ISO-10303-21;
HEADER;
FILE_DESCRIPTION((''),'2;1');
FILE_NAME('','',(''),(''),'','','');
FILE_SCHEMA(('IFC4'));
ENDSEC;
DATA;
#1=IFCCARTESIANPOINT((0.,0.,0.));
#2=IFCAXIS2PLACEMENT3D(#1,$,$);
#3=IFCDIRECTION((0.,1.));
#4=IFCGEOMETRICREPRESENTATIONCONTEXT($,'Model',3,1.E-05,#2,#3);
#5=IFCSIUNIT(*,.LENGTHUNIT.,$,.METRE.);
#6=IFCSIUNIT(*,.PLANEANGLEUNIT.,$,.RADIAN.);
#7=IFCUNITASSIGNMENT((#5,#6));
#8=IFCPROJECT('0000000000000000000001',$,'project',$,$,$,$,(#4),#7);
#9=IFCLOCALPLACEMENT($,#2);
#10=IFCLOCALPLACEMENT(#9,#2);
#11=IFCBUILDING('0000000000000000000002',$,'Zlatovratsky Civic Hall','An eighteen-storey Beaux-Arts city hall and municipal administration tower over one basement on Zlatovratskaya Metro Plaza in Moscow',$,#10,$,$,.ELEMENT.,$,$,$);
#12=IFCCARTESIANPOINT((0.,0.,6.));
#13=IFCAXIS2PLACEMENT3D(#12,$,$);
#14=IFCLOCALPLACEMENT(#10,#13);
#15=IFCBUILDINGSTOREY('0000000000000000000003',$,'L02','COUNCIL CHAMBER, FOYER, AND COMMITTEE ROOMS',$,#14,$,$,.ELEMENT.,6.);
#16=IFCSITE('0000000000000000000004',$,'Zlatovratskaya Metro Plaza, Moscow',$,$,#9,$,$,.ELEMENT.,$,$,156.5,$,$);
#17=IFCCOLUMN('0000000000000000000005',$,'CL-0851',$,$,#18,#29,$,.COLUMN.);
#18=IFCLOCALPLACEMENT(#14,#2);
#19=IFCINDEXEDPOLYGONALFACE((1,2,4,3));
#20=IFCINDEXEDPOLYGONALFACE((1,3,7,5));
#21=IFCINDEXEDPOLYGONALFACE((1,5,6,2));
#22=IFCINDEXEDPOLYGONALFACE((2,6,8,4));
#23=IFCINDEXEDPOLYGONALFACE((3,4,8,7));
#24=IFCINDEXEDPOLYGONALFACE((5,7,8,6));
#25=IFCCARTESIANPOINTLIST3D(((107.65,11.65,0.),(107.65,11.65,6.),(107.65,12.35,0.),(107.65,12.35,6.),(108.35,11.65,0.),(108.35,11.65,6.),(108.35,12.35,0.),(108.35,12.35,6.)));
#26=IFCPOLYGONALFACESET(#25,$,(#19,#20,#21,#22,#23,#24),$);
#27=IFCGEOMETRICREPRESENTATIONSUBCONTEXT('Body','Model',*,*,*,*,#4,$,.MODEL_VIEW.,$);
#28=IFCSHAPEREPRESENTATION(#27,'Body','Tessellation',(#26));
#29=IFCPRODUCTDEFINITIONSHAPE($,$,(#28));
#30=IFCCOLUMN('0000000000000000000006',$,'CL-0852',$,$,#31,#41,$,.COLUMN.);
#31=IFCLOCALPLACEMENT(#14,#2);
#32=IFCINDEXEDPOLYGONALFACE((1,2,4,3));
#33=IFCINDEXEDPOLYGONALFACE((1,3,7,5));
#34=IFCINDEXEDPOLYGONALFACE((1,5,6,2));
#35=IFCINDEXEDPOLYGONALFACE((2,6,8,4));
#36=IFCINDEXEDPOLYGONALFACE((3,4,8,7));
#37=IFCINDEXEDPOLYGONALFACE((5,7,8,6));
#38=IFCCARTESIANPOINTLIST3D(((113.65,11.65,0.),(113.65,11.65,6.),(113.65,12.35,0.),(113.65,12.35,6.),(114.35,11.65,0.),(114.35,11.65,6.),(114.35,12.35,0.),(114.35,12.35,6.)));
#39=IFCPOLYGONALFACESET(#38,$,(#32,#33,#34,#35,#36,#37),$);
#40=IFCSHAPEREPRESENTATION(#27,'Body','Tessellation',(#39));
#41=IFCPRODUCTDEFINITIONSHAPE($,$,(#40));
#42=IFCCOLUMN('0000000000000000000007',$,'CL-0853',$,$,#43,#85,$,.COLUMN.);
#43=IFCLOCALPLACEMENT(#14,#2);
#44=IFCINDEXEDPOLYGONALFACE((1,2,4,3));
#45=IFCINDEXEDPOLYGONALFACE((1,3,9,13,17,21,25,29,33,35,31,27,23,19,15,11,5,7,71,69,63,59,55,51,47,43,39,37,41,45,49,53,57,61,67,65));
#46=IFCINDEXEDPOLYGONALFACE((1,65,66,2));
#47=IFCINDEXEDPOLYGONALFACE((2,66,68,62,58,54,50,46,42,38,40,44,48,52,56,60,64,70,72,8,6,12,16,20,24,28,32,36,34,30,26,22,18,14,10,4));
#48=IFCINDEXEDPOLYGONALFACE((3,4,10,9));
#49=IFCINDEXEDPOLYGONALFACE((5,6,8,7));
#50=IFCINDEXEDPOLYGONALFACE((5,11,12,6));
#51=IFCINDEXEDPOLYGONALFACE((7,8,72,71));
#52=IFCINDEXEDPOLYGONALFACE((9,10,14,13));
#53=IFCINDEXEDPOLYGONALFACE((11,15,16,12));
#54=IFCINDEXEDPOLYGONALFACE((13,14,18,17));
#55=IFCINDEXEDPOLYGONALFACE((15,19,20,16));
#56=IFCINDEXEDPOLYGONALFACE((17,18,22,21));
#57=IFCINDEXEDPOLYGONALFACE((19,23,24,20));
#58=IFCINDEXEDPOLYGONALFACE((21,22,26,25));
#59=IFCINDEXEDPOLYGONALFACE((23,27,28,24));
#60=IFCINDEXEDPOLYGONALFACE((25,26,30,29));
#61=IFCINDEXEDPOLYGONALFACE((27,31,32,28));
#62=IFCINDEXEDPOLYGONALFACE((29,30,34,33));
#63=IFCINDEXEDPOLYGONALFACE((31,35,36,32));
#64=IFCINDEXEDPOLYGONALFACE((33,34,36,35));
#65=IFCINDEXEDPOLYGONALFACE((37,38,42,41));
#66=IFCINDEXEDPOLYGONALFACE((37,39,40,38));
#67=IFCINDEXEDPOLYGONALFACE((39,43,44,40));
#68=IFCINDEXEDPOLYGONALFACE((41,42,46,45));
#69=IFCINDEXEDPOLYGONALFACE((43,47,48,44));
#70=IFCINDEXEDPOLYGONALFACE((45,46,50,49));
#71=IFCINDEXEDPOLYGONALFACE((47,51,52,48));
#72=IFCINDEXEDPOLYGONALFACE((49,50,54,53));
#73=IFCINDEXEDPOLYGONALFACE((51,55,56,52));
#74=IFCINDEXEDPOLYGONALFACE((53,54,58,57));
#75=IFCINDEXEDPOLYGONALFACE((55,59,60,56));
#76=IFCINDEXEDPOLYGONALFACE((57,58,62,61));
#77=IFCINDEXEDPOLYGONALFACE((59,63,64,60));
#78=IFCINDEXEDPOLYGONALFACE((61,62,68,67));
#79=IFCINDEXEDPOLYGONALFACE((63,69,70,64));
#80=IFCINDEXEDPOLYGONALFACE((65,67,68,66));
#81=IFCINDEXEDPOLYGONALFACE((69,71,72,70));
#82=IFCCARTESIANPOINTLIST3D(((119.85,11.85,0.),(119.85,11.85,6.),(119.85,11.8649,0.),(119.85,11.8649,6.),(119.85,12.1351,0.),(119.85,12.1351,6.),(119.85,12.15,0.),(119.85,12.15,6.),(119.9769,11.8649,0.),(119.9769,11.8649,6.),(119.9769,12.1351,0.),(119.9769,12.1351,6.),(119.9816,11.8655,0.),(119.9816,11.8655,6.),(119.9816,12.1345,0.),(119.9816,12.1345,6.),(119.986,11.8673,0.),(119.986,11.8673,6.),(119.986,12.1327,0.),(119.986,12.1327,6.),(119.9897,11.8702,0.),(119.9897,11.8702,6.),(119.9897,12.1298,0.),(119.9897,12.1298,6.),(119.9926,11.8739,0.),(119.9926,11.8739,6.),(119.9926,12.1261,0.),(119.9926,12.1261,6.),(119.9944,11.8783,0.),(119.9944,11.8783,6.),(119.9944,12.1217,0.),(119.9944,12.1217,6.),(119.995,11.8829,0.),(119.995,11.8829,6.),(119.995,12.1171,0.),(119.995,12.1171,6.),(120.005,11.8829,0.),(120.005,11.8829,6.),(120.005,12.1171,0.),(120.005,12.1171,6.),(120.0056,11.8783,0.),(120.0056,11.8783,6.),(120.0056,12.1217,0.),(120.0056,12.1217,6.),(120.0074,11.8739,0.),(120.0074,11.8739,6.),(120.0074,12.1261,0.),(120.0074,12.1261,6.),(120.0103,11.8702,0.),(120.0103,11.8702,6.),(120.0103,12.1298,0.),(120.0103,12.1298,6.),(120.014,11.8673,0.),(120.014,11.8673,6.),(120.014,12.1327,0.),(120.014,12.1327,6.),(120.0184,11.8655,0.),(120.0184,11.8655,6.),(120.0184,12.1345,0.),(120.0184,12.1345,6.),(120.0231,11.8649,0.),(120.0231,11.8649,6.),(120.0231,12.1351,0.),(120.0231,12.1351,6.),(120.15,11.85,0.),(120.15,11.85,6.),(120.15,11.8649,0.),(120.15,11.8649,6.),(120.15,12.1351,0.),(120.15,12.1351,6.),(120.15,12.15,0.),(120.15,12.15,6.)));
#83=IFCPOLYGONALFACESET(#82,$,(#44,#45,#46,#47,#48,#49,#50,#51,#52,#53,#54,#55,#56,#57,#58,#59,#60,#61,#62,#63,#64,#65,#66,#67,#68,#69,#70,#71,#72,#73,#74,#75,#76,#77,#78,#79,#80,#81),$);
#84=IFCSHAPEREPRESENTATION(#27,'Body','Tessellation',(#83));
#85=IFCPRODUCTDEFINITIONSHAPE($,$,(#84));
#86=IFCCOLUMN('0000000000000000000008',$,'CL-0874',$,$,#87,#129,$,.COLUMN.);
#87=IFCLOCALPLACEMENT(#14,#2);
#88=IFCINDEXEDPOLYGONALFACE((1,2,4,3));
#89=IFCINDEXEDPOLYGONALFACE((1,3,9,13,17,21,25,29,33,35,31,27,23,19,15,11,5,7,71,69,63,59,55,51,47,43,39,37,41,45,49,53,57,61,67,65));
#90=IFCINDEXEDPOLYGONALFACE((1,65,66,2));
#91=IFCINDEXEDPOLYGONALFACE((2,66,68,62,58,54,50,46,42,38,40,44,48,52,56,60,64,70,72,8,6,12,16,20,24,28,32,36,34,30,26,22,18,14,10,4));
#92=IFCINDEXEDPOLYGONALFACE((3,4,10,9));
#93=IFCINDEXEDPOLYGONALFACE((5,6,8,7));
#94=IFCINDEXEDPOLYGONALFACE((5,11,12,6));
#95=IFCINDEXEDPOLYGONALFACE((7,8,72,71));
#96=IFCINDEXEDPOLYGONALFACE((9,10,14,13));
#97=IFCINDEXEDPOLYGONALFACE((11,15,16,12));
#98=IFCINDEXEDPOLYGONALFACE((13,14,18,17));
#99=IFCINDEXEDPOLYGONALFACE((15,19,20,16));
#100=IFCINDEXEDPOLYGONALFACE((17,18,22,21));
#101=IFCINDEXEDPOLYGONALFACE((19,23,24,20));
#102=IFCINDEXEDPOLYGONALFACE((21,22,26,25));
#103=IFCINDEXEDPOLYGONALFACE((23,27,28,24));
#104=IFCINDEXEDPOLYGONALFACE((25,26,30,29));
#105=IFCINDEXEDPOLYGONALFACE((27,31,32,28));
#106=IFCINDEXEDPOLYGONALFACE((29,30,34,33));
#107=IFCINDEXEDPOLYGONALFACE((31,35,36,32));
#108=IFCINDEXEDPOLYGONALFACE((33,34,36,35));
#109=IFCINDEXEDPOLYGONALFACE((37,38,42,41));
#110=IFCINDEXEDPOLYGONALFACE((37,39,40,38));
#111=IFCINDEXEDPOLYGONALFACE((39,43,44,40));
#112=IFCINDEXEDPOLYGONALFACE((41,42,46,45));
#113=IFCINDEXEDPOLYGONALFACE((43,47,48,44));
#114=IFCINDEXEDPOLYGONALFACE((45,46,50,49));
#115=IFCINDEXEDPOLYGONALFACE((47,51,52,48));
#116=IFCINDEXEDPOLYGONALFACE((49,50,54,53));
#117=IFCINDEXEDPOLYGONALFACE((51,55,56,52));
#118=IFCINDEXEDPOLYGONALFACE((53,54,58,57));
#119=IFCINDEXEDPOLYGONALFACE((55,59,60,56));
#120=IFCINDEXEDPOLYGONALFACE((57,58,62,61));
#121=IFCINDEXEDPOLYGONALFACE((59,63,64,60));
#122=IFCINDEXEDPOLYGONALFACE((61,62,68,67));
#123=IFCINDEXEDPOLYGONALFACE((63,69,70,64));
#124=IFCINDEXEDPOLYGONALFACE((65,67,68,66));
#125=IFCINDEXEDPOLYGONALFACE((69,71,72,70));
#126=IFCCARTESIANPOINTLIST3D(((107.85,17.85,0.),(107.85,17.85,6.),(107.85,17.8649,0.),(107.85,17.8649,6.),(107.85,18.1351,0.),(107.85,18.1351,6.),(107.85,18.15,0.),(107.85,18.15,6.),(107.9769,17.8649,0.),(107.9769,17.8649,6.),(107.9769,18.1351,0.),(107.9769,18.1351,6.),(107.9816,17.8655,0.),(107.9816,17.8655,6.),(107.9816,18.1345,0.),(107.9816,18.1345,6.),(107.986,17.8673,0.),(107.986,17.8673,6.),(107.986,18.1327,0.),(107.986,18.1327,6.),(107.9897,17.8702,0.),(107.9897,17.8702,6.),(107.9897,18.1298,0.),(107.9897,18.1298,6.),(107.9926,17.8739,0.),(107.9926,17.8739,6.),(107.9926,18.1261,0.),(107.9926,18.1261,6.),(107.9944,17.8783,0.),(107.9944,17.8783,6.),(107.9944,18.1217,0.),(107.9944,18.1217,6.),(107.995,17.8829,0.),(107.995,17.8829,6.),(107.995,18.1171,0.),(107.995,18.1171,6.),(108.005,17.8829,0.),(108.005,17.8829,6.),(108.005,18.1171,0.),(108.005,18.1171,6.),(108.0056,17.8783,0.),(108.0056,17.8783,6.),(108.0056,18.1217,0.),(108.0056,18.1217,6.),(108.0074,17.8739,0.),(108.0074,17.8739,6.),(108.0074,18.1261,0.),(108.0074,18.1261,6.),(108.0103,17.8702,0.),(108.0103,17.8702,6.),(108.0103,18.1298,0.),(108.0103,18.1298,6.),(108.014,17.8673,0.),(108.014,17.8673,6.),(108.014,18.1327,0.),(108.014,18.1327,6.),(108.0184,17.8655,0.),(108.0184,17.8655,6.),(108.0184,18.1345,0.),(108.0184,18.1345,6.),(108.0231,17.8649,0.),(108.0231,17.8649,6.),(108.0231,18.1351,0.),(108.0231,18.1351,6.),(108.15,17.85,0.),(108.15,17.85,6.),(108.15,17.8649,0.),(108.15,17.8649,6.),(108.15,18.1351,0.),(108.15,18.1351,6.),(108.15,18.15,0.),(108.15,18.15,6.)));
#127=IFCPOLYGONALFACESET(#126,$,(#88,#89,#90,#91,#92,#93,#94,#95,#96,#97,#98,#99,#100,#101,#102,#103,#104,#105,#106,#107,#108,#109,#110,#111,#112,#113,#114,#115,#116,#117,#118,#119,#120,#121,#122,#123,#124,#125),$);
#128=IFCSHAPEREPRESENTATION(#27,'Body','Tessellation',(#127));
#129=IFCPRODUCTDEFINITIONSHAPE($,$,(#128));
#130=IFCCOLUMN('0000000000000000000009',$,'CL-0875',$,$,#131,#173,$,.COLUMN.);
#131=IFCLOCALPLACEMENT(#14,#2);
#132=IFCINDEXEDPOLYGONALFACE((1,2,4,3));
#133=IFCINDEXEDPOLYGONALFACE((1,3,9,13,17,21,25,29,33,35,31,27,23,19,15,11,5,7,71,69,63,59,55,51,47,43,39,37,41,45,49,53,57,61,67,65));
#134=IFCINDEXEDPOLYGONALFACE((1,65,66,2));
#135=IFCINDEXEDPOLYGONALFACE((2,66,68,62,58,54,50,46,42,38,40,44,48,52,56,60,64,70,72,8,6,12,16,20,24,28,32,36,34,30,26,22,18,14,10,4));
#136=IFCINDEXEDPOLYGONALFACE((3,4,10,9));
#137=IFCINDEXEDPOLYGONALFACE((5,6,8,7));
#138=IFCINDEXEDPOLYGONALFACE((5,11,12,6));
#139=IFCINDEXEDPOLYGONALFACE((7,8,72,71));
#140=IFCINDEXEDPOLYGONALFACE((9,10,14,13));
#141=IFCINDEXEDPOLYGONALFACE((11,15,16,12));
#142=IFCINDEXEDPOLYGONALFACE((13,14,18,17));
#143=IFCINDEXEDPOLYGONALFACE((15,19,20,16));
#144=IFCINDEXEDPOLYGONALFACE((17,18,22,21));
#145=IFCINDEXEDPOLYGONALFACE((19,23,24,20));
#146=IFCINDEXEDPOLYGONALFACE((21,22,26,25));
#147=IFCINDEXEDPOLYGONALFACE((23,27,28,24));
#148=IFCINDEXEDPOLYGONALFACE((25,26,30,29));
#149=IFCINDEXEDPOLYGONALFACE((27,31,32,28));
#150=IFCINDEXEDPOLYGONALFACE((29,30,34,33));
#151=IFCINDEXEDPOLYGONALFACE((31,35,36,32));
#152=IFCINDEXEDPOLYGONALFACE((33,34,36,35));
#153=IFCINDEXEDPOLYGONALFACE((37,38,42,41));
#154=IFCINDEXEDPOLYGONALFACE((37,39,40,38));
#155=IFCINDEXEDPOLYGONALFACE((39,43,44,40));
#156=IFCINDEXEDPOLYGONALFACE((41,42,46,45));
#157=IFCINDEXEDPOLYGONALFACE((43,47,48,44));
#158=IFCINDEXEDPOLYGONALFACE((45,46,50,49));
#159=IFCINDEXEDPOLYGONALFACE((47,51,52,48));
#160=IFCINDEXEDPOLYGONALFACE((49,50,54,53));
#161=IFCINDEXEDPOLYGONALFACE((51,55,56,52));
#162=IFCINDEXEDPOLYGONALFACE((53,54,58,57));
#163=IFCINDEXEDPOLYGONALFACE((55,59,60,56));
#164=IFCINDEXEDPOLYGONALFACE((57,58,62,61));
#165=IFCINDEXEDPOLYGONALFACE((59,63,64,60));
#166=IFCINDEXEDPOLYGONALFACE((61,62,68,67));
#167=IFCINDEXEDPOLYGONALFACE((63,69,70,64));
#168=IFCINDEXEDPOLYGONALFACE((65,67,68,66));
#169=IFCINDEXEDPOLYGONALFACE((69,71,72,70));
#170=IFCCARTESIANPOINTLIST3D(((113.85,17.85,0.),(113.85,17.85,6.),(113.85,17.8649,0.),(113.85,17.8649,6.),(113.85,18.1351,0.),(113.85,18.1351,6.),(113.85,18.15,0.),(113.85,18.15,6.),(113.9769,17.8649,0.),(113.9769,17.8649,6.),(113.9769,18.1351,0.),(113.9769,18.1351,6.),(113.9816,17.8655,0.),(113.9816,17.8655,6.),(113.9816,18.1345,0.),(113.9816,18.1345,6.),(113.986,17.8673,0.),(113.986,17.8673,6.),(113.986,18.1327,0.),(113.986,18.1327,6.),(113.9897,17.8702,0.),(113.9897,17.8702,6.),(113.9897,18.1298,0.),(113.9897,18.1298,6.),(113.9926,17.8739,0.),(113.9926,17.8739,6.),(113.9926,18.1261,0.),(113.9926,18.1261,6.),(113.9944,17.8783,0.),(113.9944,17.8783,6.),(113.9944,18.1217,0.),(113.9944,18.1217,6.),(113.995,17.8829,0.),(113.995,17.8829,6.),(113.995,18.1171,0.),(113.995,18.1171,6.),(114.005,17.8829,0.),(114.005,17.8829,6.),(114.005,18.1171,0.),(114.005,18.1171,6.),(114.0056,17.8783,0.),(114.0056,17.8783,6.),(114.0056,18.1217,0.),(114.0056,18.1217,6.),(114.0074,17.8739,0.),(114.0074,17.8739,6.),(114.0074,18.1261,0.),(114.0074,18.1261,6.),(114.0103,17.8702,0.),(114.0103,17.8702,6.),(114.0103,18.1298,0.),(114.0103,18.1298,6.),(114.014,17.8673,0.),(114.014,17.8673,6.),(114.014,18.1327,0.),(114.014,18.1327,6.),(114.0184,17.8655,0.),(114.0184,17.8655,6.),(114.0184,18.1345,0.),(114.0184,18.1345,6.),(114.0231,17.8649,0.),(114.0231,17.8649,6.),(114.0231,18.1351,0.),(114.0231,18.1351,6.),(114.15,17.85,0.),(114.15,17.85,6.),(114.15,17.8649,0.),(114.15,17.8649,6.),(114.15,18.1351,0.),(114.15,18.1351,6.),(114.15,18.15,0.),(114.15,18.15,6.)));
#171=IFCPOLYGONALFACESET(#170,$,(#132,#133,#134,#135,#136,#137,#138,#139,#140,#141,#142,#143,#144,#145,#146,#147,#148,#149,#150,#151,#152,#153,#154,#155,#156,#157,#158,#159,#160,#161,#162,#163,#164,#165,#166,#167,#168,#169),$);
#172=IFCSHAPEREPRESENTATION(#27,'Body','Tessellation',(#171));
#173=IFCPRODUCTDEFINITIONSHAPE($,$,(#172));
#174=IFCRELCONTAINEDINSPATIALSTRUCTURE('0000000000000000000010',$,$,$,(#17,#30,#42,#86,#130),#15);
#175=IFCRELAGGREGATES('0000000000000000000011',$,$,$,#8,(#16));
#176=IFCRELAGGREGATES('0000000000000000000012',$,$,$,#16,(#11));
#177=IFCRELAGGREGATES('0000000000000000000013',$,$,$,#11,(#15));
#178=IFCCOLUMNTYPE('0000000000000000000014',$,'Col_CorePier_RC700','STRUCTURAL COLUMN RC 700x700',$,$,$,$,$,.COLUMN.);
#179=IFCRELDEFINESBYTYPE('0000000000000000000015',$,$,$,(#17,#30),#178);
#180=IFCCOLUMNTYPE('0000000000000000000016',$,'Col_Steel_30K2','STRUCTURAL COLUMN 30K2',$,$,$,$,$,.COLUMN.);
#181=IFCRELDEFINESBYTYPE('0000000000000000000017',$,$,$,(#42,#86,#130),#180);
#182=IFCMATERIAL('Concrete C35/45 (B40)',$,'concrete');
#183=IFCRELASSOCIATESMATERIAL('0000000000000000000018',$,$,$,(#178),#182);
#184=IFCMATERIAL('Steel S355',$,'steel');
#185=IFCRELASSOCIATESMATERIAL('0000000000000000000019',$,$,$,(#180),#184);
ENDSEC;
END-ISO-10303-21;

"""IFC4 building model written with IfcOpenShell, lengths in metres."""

from ifc_helpers import new_model, si_unit, direction, frame, origin, origin_2d, place, context, subcontext, project, spatial, rectangle, i_section, extrude, material, material_profile, profile_set, type_object, element, save


model = new_model("IFC4")

# Units and contexts
model_context = context("Model", 3, precision=1e-05, world=origin(), true_north=direction((0.0, 1.0)))
body_context = subcontext(model_context, "Body", "Model", "MODEL_VIEW")
ifc_project = project(units=[si_unit("LENGTHUNIT", "METRE"), si_unit("PLANEANGLEUNIT", "RADIAN")], contexts=[model_context])

# Site, building, storey
site_placement = place(None, origin())
site = spatial("IfcSite", under=ifc_project, at=site_placement, Name="Zlatovratskaya Metro Plaza, Moscow", CompositionType="ELEMENT", RefElevation=156.5)
building_placement = place(site_placement, origin())
building = spatial("IfcBuilding", under=site, at=building_placement, Name="Zlatovratsky Civic Hall", Description="An eighteen-storey Beaux-Arts city hall and municipal administration tower over one basement on Zlatovratskaya Metro Plaza in Moscow", CompositionType="ELEMENT")
storey_placement = place(building_placement, frame((0.0, 0.0, 6.0)))
storey = spatial("IfcBuildingStorey", under=building, at=storey_placement, Name="L02", Description="COUNCIL CHAMBER, FOYER, AND COMMITTEE ROOMS", CompositionType="ELEMENT", Elevation=6.0)

# Columns
ifc_material_1 = material(Name="Concrete C35/45 (B40)", Category="concrete")
ifc_material_profile_1 = material_profile(ifc_material_1, rectangle(XDim=0.7, YDim=0.7, at=origin_2d()), Name="RC 700x700")
ifc_profile_set_1 = profile_set([ifc_material_profile_1], Name="Concrete C35/45 (B40)")
column_type_1 = type_object("IfcColumnType", Name="Col_CorePier_RC700", Description="STRUCTURAL COLUMN RC 700x700", PredefinedType="COLUMN", material=ifc_profile_set_1)
for number, where, z_axis, x_axis, name in (
    (1, (108.0, 12.0, 0.0), (0.0, 0.0, 1.0), (1.0, 0.0, 0.0), "CL-0851"),
    (2, (114.0, 12.0, 0.0), (0.0, 0.0, 1.0), (1.0, 0.0, 0.0), "CL-0852"),
):
    element("IfcColumn", number, at=place(storey_placement, frame(where, z_axis=z_axis, x_axis=x_axis)), inside=storey, type_object=column_type_1, Name=name, PredefinedType="COLUMN", context=body_context, shape_type="SweptSolid", body=[
        extrude(rectangle(XDim=0.7, YDim=0.7, at=origin_2d()), origin(), (0.0, 0.0, 1.0), 6.0),
    ])
ifc_material_2 = material(Name="Steel S355", Category="steel")
ifc_material_profile_2 = material_profile(ifc_material_2, i_section(OverallWidth=0.3, OverallDepth=0.3, WebThickness=0.01, FlangeThickness=0.0149, FilletRadius=0.0181, at=origin_2d()), Name="30K2")
ifc_profile_set_2 = profile_set([ifc_material_profile_2], Name="Steel S355")
column_type_2 = type_object("IfcColumnType", Name="Col_Steel_30K2", Description="STRUCTURAL COLUMN 30K2", PredefinedType="COLUMN", material=ifc_profile_set_2)
for number, where, z_axis, x_axis, name in (
    (3, (120.0, 12.0, 0.0), (0.0, 0.0, 1.0), (1.0, 0.0, 0.0), "CL-0853"),
    (4, (108.0, 18.0, 0.0), (0.0, 0.0, 1.0), (1.0, 0.0, 0.0), "CL-0874"),
    (5, (114.0, 18.0, 0.0), (0.0, 0.0, 1.0), (1.0, 0.0, 0.0), "CL-0875"),
):
    element("IfcColumn", number, at=place(storey_placement, frame(where, z_axis=z_axis, x_axis=x_axis)), inside=storey, type_object=column_type_2, Name=name, PredefinedType="COLUMN", context=body_context, shape_type="SweptSolid", body=[
        extrude(i_section(OverallWidth=0.3, OverallDepth=0.3, WebThickness=0.01, FlangeThickness=0.0149, FilletRadius=0.0181, at=origin_2d()), origin(), (0.0, 0.0, 1.0), 6.0),
    ])

save(model, "model.ifc")
